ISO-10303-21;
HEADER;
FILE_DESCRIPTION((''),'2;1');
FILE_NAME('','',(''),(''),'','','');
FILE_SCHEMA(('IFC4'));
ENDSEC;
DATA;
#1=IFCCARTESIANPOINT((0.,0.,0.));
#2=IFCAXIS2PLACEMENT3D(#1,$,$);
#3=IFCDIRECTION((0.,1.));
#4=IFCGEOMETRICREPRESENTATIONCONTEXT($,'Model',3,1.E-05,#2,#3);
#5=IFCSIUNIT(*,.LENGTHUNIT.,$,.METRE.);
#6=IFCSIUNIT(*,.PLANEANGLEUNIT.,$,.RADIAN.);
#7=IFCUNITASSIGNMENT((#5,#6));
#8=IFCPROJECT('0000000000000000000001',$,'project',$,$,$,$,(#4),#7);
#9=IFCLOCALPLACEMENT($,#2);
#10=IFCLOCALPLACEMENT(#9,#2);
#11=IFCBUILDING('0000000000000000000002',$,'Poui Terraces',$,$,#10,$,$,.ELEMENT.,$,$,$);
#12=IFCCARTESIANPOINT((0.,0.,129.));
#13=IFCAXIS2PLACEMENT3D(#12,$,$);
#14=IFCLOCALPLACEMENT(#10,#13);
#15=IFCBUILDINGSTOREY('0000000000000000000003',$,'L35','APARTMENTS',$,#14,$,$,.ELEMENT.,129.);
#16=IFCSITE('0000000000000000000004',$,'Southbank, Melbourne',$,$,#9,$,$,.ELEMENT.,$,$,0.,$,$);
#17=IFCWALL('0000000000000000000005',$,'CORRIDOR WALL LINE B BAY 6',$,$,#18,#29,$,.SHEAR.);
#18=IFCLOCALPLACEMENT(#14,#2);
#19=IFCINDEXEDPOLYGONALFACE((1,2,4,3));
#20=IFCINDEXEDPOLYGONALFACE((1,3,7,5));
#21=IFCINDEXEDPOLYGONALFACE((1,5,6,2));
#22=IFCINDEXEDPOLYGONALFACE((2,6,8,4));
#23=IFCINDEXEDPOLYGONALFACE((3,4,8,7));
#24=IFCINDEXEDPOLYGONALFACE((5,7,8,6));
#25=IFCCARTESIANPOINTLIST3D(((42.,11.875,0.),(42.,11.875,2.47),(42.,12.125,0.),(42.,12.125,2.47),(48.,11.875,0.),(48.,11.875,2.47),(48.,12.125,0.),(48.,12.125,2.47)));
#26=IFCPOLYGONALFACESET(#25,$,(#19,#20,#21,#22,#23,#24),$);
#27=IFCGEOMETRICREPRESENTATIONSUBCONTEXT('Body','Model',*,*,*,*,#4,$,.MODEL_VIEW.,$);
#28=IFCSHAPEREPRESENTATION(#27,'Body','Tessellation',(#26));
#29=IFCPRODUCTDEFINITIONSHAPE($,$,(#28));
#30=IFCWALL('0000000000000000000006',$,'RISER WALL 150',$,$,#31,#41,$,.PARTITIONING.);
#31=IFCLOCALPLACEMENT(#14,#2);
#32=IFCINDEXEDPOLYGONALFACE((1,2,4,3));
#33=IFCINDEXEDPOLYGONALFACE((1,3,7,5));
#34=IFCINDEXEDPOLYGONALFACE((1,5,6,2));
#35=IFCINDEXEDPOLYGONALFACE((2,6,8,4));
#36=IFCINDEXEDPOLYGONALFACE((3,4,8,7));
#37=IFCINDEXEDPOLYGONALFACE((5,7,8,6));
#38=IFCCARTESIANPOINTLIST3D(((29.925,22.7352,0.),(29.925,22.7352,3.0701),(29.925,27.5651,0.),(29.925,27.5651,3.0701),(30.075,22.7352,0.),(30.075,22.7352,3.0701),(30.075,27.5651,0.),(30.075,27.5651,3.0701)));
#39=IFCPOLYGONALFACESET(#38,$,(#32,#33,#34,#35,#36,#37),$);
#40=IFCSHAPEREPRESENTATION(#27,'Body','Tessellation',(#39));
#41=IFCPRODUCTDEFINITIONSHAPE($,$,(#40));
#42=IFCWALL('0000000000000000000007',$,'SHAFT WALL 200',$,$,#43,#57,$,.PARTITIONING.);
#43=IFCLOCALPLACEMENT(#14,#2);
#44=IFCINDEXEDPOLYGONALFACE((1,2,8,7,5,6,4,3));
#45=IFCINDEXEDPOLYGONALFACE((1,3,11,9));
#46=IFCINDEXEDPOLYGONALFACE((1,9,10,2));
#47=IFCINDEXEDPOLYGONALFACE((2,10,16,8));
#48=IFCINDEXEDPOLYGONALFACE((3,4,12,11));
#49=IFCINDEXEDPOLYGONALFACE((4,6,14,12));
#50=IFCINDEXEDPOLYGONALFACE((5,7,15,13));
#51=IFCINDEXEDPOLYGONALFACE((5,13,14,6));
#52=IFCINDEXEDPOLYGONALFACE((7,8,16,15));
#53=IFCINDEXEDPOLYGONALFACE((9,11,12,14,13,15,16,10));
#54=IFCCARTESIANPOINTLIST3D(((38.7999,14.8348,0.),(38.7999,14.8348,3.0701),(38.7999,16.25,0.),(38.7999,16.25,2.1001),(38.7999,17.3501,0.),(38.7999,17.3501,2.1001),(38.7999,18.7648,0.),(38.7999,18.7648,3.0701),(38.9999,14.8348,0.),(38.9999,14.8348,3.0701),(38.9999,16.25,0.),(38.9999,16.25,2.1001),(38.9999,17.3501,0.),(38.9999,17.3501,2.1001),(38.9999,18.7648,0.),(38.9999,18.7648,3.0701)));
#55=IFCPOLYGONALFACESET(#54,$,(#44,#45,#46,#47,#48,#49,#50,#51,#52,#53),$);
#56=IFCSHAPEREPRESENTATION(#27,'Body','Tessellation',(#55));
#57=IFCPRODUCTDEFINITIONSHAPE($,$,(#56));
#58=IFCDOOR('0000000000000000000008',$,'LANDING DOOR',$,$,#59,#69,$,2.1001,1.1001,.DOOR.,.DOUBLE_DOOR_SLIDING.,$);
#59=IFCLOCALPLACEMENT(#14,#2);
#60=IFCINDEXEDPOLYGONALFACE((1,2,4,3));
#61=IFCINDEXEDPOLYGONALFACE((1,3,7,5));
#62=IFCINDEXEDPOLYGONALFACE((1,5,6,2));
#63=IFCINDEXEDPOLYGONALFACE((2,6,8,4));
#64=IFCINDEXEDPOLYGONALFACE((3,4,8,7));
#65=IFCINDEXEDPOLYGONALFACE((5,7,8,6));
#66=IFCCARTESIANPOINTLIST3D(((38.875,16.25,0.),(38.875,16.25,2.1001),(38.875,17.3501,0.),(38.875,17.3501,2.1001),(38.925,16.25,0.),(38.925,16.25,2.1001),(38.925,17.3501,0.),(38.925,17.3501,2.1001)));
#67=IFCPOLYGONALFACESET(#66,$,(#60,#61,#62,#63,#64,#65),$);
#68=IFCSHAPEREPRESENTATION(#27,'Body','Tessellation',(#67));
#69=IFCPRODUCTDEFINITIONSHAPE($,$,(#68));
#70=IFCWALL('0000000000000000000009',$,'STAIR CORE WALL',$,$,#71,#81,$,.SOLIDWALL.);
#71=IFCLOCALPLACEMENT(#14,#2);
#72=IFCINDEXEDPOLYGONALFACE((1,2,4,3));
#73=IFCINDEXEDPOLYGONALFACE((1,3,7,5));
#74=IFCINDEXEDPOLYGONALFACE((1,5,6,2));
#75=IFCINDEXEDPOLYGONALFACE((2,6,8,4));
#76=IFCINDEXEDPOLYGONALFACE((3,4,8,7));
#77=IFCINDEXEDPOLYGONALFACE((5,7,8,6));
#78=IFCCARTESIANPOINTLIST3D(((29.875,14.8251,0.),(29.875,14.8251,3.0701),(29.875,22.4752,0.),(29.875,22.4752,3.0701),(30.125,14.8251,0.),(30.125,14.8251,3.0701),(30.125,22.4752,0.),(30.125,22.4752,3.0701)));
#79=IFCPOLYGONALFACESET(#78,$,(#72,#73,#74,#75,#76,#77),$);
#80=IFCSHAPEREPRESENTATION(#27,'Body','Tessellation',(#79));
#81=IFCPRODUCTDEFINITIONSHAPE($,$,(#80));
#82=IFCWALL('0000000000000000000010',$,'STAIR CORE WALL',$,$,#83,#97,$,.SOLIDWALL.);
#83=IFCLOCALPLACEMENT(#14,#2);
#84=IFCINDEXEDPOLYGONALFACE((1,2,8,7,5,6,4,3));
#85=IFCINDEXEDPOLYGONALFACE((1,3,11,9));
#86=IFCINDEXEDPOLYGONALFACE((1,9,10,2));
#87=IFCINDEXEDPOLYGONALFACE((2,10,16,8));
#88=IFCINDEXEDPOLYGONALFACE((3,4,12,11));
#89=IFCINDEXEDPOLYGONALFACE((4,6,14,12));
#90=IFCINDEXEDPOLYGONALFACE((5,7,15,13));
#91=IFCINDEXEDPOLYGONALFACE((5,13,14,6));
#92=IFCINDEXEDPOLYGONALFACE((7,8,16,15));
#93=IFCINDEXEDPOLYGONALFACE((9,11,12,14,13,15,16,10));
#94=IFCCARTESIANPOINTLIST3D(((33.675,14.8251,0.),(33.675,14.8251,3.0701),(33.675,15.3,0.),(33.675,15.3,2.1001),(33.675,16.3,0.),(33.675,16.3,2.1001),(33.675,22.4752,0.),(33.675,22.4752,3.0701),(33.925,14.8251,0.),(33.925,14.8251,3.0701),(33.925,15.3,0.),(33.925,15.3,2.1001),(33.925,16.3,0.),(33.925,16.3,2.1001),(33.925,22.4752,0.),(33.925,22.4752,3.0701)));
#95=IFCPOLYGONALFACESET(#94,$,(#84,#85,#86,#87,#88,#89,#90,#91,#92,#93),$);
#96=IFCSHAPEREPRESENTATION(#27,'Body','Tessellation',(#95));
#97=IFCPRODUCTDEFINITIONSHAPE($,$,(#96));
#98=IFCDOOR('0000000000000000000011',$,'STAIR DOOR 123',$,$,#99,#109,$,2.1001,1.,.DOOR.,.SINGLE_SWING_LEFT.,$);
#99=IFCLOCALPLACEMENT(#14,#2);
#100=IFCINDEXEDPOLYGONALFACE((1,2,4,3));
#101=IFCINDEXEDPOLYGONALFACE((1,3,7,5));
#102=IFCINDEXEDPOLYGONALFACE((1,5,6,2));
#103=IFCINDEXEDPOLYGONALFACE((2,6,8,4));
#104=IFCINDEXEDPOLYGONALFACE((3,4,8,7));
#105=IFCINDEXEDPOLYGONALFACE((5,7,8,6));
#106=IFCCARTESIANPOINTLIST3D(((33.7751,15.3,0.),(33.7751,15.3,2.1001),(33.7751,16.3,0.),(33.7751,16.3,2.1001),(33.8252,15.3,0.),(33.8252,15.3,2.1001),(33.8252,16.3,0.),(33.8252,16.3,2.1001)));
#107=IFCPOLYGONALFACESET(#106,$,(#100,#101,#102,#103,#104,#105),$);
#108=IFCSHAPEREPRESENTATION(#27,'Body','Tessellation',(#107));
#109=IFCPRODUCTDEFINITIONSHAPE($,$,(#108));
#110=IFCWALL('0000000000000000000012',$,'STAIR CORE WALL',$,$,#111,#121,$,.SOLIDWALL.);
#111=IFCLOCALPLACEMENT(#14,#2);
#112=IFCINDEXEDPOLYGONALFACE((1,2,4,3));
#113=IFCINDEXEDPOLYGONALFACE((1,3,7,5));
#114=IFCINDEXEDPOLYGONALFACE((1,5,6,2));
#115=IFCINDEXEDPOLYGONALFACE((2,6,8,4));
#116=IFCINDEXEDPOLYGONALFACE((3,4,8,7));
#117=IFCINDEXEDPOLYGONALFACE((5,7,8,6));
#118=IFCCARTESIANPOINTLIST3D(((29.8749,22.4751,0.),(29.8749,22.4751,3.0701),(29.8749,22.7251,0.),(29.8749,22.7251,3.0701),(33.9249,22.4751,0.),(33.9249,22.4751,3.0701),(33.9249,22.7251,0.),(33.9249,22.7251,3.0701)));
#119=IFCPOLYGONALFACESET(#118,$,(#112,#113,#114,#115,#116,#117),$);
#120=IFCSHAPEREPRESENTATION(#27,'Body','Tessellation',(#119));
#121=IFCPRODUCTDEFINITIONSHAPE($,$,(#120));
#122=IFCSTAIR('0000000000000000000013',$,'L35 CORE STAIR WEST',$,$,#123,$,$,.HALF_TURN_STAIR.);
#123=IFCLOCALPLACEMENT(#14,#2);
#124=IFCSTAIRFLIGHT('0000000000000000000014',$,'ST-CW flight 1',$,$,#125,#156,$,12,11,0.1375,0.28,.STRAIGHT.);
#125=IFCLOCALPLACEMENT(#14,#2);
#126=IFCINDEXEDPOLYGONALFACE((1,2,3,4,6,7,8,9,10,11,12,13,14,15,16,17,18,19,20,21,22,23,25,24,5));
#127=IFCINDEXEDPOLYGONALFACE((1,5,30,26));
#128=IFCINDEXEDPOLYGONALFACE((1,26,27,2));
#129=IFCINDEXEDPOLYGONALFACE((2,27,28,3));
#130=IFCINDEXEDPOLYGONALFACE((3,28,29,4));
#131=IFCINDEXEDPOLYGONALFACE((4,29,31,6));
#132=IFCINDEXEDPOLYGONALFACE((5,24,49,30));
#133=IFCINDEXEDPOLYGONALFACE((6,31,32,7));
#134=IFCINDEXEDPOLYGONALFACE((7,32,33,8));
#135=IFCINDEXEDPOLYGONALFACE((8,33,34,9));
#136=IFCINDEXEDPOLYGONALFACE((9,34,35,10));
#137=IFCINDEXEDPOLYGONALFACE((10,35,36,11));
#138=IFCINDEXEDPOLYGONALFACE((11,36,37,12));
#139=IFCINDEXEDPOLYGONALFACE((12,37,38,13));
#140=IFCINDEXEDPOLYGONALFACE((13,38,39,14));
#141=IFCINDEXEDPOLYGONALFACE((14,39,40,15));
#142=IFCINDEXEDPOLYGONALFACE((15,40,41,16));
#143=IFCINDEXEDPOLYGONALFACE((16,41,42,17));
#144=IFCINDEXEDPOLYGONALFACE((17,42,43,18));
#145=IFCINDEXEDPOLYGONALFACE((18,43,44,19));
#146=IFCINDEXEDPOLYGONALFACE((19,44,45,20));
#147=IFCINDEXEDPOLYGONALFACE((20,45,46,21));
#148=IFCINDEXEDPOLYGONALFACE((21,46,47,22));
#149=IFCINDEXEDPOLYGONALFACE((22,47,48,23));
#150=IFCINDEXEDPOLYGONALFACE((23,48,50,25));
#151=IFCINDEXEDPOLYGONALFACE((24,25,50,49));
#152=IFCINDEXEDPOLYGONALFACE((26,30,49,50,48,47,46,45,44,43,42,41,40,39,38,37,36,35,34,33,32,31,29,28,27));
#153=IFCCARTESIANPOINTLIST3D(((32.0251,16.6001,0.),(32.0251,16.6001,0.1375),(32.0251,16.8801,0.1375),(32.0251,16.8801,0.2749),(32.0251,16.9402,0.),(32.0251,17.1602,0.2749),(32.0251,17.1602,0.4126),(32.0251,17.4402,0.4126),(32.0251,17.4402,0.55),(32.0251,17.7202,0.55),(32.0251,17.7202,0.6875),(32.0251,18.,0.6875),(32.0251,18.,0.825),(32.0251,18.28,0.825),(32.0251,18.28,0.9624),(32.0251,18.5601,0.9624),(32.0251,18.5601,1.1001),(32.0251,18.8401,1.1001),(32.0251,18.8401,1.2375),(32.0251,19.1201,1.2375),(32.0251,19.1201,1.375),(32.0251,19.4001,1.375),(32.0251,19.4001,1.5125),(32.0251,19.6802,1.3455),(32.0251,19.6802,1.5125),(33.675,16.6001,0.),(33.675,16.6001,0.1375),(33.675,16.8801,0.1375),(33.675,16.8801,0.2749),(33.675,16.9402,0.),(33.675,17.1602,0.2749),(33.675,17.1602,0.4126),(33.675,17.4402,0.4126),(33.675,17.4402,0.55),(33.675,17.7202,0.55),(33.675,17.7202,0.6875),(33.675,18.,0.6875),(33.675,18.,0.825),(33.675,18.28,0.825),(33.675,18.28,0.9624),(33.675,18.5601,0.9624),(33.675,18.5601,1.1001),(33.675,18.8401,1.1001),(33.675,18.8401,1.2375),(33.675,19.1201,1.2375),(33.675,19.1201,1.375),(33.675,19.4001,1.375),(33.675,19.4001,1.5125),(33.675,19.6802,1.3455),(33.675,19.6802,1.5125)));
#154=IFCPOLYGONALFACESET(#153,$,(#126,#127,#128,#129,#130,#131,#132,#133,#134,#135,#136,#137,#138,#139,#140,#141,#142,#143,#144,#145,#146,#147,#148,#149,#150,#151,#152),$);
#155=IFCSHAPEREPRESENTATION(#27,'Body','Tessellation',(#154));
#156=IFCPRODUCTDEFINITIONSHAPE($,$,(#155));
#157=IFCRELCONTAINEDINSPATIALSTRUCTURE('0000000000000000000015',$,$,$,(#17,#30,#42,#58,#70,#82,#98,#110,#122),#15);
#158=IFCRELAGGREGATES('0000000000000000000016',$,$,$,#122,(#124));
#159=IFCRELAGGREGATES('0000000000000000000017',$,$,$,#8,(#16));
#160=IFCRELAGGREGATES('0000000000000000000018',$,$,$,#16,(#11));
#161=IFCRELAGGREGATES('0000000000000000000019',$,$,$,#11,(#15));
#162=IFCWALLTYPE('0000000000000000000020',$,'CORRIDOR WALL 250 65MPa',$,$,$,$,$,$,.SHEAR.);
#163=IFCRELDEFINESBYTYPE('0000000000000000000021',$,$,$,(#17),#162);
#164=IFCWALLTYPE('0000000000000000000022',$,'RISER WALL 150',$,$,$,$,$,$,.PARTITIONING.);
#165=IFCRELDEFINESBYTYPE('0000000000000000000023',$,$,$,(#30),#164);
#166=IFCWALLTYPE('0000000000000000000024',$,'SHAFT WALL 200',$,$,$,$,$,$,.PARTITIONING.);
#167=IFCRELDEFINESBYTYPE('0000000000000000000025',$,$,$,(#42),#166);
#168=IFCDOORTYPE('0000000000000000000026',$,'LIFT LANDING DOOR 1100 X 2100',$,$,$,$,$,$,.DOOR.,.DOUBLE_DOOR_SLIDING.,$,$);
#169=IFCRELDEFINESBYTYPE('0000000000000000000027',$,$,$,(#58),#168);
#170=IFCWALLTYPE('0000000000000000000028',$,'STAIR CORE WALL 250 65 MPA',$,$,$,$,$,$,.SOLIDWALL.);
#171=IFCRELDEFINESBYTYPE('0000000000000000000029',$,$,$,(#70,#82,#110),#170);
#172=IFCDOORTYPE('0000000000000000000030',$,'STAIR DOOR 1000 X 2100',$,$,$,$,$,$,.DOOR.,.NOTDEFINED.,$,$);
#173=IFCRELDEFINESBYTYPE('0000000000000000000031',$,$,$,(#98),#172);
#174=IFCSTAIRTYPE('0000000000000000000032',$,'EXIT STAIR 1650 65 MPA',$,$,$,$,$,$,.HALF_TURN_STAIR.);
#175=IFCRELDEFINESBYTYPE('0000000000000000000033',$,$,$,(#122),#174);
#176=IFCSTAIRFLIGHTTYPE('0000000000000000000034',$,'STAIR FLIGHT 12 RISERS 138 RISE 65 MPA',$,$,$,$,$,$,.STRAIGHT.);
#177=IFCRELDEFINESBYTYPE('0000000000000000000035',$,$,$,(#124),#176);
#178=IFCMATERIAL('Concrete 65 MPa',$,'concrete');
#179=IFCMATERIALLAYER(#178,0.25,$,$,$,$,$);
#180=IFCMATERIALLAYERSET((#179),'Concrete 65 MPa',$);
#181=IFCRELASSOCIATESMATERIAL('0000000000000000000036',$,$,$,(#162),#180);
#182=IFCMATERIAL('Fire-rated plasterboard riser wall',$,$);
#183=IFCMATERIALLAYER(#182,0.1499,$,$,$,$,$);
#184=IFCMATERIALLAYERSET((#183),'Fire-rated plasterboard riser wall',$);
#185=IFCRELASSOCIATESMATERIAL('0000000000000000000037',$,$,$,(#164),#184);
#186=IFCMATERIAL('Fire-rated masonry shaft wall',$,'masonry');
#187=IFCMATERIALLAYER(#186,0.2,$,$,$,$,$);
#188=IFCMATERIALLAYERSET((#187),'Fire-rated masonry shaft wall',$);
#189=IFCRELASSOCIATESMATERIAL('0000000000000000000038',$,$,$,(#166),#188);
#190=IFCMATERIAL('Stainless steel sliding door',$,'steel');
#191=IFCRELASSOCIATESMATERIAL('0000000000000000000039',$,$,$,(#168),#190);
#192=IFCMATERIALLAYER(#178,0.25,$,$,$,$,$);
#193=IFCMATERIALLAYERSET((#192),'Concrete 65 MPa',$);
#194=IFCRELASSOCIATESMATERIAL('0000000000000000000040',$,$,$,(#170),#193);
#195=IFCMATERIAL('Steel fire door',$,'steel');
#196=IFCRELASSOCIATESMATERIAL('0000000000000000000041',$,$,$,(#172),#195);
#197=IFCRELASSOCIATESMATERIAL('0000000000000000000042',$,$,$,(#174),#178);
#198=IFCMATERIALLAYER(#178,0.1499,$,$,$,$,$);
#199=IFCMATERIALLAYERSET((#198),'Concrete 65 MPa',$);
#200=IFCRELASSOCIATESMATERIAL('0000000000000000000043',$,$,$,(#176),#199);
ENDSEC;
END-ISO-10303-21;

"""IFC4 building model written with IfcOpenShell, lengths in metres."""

from ifc_helpers import new_model, si_unit, direction, frame, frame_2d, origin, place, context, subcontext, project, spatial, polyline, rectangle, outline, extrude, material, layer, layer_set, type_object, element, fill, aggregate, save


model = new_model("IFC4")

# Units and contexts
model_context = context("Model", 3, precision=1e-05, world=origin(), true_north=direction((0.0, 1.0)))
body_context = subcontext(model_context, "Body", "Model", "MODEL_VIEW")
ifc_project = project(units=[si_unit("LENGTHUNIT", "METRE"), si_unit("PLANEANGLEUNIT", "RADIAN")], contexts=[model_context])

# Site, building, storey
site_placement = place(None, origin())
site = spatial("IfcSite", under=ifc_project, at=site_placement, Name="Southbank, Melbourne", CompositionType="ELEMENT", RefElevation=0.0)
building_placement = place(site_placement, origin())
building = spatial("IfcBuilding", under=site, at=building_placement, Name="Poui Terraces", CompositionType="ELEMENT")
storey_placement = place(building_placement, frame((0.0, 0.0, 129.0)))
storey = spatial("IfcBuildingStorey", under=building, at=storey_placement, Name="L35", Description="APARTMENTS", CompositionType="ELEMENT", Elevation=129.0)

# Shared definitions
ifc_material_1 = material(Name="Concrete 65 MPa", Category="concrete")

# Shared definitions
ifc_material_2 = material(Name="Steel fire door", Category="steel")

# Shared definitions
ifc_layer_1 = layer(ifc_material_1, 0.25)
ifc_layer_set_1 = layer_set([ifc_layer_1], Name="Concrete 65 MPa")
wall_type_1 = type_object("IfcWallType", Name="CORRIDOR WALL 250 65MPa", PredefinedType="SHEAR", material=ifc_layer_set_1)

# Walls
wall_1_placement = place(storey_placement, frame((42.0, 12.0, 0.0), z_axis=(0.0, 0.0, 1.0), x_axis=(1.0, 0.0, 0.0)))
element("IfcWall", 1, at=wall_1_placement, inside=storey, type_object=wall_type_1, Name="CORRIDOR WALL LINE B BAY 6", PredefinedType="SHEAR", context=body_context, shape_type="SweptSolid", body=[
    extrude(rectangle(XDim=6.0, YDim=0.25, at=frame_2d((3.0, 0.0))), origin(), (0.0, 0.0, 1.0), 2.47),
])
ifc_material_3 = material(Name="Fire-rated plasterboard riser wall")
ifc_layer_2 = layer(ifc_material_3, 0.1499)
ifc_layer_set_2 = layer_set([ifc_layer_2], Name="Fire-rated plasterboard riser wall")
wall_type_2 = type_object("IfcWallType", Name="RISER WALL 150", PredefinedType="PARTITIONING", material=ifc_layer_set_2)
wall_2_placement = place(storey_placement, frame((30.0, 22.7351, 0.0), z_axis=(0.0, 0.0, 1.0), x_axis=(0.0, 1.0, 0.0)))
element("IfcWall", 2, at=wall_2_placement, inside=storey, type_object=wall_type_2, Name="RISER WALL 150", PredefinedType="PARTITIONING", context=body_context, shape_type="SweptSolid", body=[
    extrude(rectangle(XDim=4.8298, YDim=0.1499, at=frame_2d((2.415, 0.0))), origin(), (0.0, 0.0, 1.0), 3.0701),
])

# Wall, opening, door
ifc_material_4 = material(Name="Fire-rated masonry shaft wall", Category="masonry")
ifc_layer_3 = layer(ifc_material_4, 0.2)
ifc_layer_set_3 = layer_set([ifc_layer_3], Name="Fire-rated masonry shaft wall")
wall_type_3 = type_object("IfcWallType", Name="SHAFT WALL 200", PredefinedType="PARTITIONING", material=ifc_layer_set_3)
wall_3_placement = place(storey_placement, frame((38.8999, 14.835, 0.0), z_axis=(0.0, 0.0, 1.0), x_axis=(0.0, 1.0, 0.0)))
wall_3 = element("IfcWall", 3, at=wall_3_placement, inside=storey, type_object=wall_type_3, Name="SHAFT WALL 200", PredefinedType="PARTITIONING", context=body_context, shape_type="SweptSolid", body=[
    extrude(rectangle(XDim=3.9299, YDim=0.2, at=frame_2d((1.9648, 0.0))), origin(), (0.0, 0.0, 1.0), 3.0701),
])
opening_1_placement = place(wall_3_placement, frame((1.415, 0.0, 0.0)))
opening_1 = element("IfcOpeningElement", 4, at=opening_1_placement, cuts=wall_3, PredefinedType="OPENING", context=body_context, shape_type="SweptSolid", body=[
    extrude(rectangle(XDim=1.1001, YDim=2.1001, at=frame_2d((0.55, 1.05))), frame((0.0, 0.1099, 0.0), z_axis=(0.0, -1.0, 0.0), x_axis=(1.0, 0.0, 0.0)), (0.0, 0.0, 1.0), 0.22),
])
ifc_material_5 = material(Name="Stainless steel sliding door", Category="steel")
door_type_1 = type_object("IfcDoorType", Name="LIFT LANDING DOOR 1100 X 2100", OperationType="DOUBLE_DOOR_SLIDING", PredefinedType="DOOR", material=ifc_material_5)
door_1_placement = place(opening_1_placement, origin())
door_1 = element("IfcDoor", 5, at=door_1_placement, inside=storey, type_object=door_type_1, Name="LANDING DOOR", OperationType="DOUBLE_DOOR_SLIDING", OverallHeight=2.1001, OverallWidth=1.1001, PredefinedType="DOOR", context=body_context, shape_type="SweptSolid", body=[
    extrude(rectangle(XDim=1.1001, YDim=2.1001, at=frame_2d((0.55, 1.05))), frame((0.0, 0.0249, 0.0), z_axis=(0.0, -1.0, 0.0), x_axis=(1.0, 0.0, 0.0)), (0.0, 0.0, 1.0), 0.05),
])
fill(opening_1, door_1)

# Wall
ifc_layer_4 = layer(ifc_material_1, 0.25)
ifc_layer_set_4 = layer_set([ifc_layer_4], Name="Concrete 65 MPa")
wall_type_4 = type_object("IfcWallType", Name="STAIR CORE WALL 250 65 MPA", PredefinedType="SOLIDWALL", material=ifc_layer_set_4)
wall_4_placement = place(storey_placement, frame((30.0, 14.825, 0.0), z_axis=(0.0, 0.0, 1.0), x_axis=(0.0, 1.0, 0.0)))
element("IfcWall", 6, at=wall_4_placement, inside=storey, type_object=wall_type_4, Name="STAIR CORE WALL", PredefinedType="SOLIDWALL", context=body_context, shape_type="SweptSolid", body=[
    extrude(rectangle(XDim=7.6501, YDim=0.25, at=frame_2d((3.8252, 0.0))), origin(), (0.0, 0.0, 1.0), 3.0701),
])

# Wall, opening, door
wall_5_placement = place(storey_placement, frame((33.8, 14.825, 0.0), z_axis=(0.0, 0.0, 1.0), x_axis=(0.0, 1.0, 0.0)))
wall_5 = element("IfcWall", 7, at=wall_5_placement, inside=storey, type_object=wall_type_4, Name="STAIR CORE WALL", PredefinedType="SOLIDWALL", context=body_context, shape_type="SweptSolid", body=[
    extrude(rectangle(XDim=7.6501, YDim=0.25, at=frame_2d((3.8252, 0.0))), origin(), (0.0, 0.0, 1.0), 3.0701),
])
opening_2_placement = place(wall_5_placement, frame((0.4751, 0.0, 0.0)))
opening_2 = element("IfcOpeningElement", 8, at=opening_2_placement, cuts=wall_5, PredefinedType="OPENING", context=body_context, shape_type="SweptSolid", body=[
    extrude(rectangle(XDim=1.0, YDim=2.1001, at=frame_2d((0.5, 1.05))), frame((0.0, 0.135, 0.0), z_axis=(0.0, -1.0, 0.0), x_axis=(1.0, 0.0, 0.0)), (0.0, 0.0, 1.0), 0.27),
])
door_type_2 = type_object("IfcDoorType", Name="STAIR DOOR 1000 X 2100", OperationType="NOTDEFINED", PredefinedType="DOOR", material=ifc_material_2)
door_2_placement = place(opening_2_placement, origin())
door_2 = element("IfcDoor", 9, at=door_2_placement, inside=storey, type_object=door_type_2, Name="STAIR DOOR 123", OperationType="SINGLE_SWING_LEFT", OverallHeight=2.1001, OverallWidth=1.0, PredefinedType="DOOR", context=body_context, shape_type="SweptSolid", body=[
    extrude(rectangle(XDim=1.0, YDim=2.1001, at=frame_2d((0.5, 1.05))), frame((0.0, 0.0249, 0.0), z_axis=(0.0, -1.0, 0.0), x_axis=(1.0, 0.0, 0.0)), (0.0, 0.0, 1.0), 0.05),
])
fill(opening_2, door_2)

# Wall
wall_6_placement = place(storey_placement, frame((29.875, 22.6001, 0.0), z_axis=(0.0, 0.0, 1.0), x_axis=(1.0, 0.0, 0.0)))
element("IfcWall", 10, at=wall_6_placement, inside=storey, type_object=wall_type_4, Name="STAIR CORE WALL", PredefinedType="SOLIDWALL", context=body_context, shape_type="SweptSolid", body=[
    extrude(rectangle(XDim=4.05, YDim=0.25, at=frame_2d((2.0249, 0.0))), origin(), (0.0, 0.0, 1.0), 3.0701),
])

# Stair, stair flight
stair_type = type_object("IfcStairType", Name="EXIT STAIR 1650 65 MPA", PredefinedType="HALF_TURN_STAIR", material=ifc_material_1)
stair_placement = place(storey_placement, origin())
stair = element("IfcStair", 11, at=stair_placement, inside=storey, type_object=stair_type, Name="L35 CORE STAIR WEST", PredefinedType="HALF_TURN_STAIR")
ifc_layer_5 = layer(ifc_material_1, 0.1499)
ifc_layer_set_5 = layer_set([ifc_layer_5], Name="Concrete 65 MPa")
stair_flight_type = type_object("IfcStairFlightType", Name="STAIR FLIGHT 12 RISERS 138 RISE 65 MPA", PredefinedType="STRAIGHT", material=ifc_layer_set_5)
stair_flight_1_placement = place(storey_placement, frame((32.8501, 16.6001, 0.0), z_axis=(0.0, 0.0, 1.0), x_axis=(0.0, 1.0, 0.0)))
stair_flight_1 = element("IfcStairFlight", 12, at=stair_flight_1_placement, type_object=stair_flight_type, Name="ST-CW flight 1", NumberOfRisers=12, NumberOfTreads=11, PredefinedType="STRAIGHT", RiserHeight=0.1375, TreadLength=0.28, context=body_context, shape_type="SweptSolid", body=[
    extrude(outline(polyline([(0.0, 0.0), (0.0, 0.1375), (0.28, 0.1375), (0.28, 0.2749), (0.5601, 0.2749), (0.5601, 0.4126), (0.8401, 0.4126), (0.8401, 0.55), (1.1201, 0.55), (1.1201, 0.6875), (1.3999, 0.6875), (1.3999, 0.825), (1.6799, 0.825), (1.6799, 0.9624), (1.96, 0.9624), (1.96, 1.1001), (2.24, 1.1001), (2.24, 1.2375), (2.52, 1.2375), (2.52, 1.375), (2.8, 1.375), (2.8, 1.5125), (3.0801, 1.5125), (3.0801, 1.6499), (3.0801, 1.3455), (0.3401, 0.0), (0.0, 0.0)])), frame((0.0, 0.825, 0.0), z_axis=(0.0, -1.0, 0.0), x_axis=(1.0, 0.0, 0.0)), (0.0, 0.0, 1.0), 1.6499),
])
aggregate(stair, [stair_flight_1])

save(model, "model.ifc")
